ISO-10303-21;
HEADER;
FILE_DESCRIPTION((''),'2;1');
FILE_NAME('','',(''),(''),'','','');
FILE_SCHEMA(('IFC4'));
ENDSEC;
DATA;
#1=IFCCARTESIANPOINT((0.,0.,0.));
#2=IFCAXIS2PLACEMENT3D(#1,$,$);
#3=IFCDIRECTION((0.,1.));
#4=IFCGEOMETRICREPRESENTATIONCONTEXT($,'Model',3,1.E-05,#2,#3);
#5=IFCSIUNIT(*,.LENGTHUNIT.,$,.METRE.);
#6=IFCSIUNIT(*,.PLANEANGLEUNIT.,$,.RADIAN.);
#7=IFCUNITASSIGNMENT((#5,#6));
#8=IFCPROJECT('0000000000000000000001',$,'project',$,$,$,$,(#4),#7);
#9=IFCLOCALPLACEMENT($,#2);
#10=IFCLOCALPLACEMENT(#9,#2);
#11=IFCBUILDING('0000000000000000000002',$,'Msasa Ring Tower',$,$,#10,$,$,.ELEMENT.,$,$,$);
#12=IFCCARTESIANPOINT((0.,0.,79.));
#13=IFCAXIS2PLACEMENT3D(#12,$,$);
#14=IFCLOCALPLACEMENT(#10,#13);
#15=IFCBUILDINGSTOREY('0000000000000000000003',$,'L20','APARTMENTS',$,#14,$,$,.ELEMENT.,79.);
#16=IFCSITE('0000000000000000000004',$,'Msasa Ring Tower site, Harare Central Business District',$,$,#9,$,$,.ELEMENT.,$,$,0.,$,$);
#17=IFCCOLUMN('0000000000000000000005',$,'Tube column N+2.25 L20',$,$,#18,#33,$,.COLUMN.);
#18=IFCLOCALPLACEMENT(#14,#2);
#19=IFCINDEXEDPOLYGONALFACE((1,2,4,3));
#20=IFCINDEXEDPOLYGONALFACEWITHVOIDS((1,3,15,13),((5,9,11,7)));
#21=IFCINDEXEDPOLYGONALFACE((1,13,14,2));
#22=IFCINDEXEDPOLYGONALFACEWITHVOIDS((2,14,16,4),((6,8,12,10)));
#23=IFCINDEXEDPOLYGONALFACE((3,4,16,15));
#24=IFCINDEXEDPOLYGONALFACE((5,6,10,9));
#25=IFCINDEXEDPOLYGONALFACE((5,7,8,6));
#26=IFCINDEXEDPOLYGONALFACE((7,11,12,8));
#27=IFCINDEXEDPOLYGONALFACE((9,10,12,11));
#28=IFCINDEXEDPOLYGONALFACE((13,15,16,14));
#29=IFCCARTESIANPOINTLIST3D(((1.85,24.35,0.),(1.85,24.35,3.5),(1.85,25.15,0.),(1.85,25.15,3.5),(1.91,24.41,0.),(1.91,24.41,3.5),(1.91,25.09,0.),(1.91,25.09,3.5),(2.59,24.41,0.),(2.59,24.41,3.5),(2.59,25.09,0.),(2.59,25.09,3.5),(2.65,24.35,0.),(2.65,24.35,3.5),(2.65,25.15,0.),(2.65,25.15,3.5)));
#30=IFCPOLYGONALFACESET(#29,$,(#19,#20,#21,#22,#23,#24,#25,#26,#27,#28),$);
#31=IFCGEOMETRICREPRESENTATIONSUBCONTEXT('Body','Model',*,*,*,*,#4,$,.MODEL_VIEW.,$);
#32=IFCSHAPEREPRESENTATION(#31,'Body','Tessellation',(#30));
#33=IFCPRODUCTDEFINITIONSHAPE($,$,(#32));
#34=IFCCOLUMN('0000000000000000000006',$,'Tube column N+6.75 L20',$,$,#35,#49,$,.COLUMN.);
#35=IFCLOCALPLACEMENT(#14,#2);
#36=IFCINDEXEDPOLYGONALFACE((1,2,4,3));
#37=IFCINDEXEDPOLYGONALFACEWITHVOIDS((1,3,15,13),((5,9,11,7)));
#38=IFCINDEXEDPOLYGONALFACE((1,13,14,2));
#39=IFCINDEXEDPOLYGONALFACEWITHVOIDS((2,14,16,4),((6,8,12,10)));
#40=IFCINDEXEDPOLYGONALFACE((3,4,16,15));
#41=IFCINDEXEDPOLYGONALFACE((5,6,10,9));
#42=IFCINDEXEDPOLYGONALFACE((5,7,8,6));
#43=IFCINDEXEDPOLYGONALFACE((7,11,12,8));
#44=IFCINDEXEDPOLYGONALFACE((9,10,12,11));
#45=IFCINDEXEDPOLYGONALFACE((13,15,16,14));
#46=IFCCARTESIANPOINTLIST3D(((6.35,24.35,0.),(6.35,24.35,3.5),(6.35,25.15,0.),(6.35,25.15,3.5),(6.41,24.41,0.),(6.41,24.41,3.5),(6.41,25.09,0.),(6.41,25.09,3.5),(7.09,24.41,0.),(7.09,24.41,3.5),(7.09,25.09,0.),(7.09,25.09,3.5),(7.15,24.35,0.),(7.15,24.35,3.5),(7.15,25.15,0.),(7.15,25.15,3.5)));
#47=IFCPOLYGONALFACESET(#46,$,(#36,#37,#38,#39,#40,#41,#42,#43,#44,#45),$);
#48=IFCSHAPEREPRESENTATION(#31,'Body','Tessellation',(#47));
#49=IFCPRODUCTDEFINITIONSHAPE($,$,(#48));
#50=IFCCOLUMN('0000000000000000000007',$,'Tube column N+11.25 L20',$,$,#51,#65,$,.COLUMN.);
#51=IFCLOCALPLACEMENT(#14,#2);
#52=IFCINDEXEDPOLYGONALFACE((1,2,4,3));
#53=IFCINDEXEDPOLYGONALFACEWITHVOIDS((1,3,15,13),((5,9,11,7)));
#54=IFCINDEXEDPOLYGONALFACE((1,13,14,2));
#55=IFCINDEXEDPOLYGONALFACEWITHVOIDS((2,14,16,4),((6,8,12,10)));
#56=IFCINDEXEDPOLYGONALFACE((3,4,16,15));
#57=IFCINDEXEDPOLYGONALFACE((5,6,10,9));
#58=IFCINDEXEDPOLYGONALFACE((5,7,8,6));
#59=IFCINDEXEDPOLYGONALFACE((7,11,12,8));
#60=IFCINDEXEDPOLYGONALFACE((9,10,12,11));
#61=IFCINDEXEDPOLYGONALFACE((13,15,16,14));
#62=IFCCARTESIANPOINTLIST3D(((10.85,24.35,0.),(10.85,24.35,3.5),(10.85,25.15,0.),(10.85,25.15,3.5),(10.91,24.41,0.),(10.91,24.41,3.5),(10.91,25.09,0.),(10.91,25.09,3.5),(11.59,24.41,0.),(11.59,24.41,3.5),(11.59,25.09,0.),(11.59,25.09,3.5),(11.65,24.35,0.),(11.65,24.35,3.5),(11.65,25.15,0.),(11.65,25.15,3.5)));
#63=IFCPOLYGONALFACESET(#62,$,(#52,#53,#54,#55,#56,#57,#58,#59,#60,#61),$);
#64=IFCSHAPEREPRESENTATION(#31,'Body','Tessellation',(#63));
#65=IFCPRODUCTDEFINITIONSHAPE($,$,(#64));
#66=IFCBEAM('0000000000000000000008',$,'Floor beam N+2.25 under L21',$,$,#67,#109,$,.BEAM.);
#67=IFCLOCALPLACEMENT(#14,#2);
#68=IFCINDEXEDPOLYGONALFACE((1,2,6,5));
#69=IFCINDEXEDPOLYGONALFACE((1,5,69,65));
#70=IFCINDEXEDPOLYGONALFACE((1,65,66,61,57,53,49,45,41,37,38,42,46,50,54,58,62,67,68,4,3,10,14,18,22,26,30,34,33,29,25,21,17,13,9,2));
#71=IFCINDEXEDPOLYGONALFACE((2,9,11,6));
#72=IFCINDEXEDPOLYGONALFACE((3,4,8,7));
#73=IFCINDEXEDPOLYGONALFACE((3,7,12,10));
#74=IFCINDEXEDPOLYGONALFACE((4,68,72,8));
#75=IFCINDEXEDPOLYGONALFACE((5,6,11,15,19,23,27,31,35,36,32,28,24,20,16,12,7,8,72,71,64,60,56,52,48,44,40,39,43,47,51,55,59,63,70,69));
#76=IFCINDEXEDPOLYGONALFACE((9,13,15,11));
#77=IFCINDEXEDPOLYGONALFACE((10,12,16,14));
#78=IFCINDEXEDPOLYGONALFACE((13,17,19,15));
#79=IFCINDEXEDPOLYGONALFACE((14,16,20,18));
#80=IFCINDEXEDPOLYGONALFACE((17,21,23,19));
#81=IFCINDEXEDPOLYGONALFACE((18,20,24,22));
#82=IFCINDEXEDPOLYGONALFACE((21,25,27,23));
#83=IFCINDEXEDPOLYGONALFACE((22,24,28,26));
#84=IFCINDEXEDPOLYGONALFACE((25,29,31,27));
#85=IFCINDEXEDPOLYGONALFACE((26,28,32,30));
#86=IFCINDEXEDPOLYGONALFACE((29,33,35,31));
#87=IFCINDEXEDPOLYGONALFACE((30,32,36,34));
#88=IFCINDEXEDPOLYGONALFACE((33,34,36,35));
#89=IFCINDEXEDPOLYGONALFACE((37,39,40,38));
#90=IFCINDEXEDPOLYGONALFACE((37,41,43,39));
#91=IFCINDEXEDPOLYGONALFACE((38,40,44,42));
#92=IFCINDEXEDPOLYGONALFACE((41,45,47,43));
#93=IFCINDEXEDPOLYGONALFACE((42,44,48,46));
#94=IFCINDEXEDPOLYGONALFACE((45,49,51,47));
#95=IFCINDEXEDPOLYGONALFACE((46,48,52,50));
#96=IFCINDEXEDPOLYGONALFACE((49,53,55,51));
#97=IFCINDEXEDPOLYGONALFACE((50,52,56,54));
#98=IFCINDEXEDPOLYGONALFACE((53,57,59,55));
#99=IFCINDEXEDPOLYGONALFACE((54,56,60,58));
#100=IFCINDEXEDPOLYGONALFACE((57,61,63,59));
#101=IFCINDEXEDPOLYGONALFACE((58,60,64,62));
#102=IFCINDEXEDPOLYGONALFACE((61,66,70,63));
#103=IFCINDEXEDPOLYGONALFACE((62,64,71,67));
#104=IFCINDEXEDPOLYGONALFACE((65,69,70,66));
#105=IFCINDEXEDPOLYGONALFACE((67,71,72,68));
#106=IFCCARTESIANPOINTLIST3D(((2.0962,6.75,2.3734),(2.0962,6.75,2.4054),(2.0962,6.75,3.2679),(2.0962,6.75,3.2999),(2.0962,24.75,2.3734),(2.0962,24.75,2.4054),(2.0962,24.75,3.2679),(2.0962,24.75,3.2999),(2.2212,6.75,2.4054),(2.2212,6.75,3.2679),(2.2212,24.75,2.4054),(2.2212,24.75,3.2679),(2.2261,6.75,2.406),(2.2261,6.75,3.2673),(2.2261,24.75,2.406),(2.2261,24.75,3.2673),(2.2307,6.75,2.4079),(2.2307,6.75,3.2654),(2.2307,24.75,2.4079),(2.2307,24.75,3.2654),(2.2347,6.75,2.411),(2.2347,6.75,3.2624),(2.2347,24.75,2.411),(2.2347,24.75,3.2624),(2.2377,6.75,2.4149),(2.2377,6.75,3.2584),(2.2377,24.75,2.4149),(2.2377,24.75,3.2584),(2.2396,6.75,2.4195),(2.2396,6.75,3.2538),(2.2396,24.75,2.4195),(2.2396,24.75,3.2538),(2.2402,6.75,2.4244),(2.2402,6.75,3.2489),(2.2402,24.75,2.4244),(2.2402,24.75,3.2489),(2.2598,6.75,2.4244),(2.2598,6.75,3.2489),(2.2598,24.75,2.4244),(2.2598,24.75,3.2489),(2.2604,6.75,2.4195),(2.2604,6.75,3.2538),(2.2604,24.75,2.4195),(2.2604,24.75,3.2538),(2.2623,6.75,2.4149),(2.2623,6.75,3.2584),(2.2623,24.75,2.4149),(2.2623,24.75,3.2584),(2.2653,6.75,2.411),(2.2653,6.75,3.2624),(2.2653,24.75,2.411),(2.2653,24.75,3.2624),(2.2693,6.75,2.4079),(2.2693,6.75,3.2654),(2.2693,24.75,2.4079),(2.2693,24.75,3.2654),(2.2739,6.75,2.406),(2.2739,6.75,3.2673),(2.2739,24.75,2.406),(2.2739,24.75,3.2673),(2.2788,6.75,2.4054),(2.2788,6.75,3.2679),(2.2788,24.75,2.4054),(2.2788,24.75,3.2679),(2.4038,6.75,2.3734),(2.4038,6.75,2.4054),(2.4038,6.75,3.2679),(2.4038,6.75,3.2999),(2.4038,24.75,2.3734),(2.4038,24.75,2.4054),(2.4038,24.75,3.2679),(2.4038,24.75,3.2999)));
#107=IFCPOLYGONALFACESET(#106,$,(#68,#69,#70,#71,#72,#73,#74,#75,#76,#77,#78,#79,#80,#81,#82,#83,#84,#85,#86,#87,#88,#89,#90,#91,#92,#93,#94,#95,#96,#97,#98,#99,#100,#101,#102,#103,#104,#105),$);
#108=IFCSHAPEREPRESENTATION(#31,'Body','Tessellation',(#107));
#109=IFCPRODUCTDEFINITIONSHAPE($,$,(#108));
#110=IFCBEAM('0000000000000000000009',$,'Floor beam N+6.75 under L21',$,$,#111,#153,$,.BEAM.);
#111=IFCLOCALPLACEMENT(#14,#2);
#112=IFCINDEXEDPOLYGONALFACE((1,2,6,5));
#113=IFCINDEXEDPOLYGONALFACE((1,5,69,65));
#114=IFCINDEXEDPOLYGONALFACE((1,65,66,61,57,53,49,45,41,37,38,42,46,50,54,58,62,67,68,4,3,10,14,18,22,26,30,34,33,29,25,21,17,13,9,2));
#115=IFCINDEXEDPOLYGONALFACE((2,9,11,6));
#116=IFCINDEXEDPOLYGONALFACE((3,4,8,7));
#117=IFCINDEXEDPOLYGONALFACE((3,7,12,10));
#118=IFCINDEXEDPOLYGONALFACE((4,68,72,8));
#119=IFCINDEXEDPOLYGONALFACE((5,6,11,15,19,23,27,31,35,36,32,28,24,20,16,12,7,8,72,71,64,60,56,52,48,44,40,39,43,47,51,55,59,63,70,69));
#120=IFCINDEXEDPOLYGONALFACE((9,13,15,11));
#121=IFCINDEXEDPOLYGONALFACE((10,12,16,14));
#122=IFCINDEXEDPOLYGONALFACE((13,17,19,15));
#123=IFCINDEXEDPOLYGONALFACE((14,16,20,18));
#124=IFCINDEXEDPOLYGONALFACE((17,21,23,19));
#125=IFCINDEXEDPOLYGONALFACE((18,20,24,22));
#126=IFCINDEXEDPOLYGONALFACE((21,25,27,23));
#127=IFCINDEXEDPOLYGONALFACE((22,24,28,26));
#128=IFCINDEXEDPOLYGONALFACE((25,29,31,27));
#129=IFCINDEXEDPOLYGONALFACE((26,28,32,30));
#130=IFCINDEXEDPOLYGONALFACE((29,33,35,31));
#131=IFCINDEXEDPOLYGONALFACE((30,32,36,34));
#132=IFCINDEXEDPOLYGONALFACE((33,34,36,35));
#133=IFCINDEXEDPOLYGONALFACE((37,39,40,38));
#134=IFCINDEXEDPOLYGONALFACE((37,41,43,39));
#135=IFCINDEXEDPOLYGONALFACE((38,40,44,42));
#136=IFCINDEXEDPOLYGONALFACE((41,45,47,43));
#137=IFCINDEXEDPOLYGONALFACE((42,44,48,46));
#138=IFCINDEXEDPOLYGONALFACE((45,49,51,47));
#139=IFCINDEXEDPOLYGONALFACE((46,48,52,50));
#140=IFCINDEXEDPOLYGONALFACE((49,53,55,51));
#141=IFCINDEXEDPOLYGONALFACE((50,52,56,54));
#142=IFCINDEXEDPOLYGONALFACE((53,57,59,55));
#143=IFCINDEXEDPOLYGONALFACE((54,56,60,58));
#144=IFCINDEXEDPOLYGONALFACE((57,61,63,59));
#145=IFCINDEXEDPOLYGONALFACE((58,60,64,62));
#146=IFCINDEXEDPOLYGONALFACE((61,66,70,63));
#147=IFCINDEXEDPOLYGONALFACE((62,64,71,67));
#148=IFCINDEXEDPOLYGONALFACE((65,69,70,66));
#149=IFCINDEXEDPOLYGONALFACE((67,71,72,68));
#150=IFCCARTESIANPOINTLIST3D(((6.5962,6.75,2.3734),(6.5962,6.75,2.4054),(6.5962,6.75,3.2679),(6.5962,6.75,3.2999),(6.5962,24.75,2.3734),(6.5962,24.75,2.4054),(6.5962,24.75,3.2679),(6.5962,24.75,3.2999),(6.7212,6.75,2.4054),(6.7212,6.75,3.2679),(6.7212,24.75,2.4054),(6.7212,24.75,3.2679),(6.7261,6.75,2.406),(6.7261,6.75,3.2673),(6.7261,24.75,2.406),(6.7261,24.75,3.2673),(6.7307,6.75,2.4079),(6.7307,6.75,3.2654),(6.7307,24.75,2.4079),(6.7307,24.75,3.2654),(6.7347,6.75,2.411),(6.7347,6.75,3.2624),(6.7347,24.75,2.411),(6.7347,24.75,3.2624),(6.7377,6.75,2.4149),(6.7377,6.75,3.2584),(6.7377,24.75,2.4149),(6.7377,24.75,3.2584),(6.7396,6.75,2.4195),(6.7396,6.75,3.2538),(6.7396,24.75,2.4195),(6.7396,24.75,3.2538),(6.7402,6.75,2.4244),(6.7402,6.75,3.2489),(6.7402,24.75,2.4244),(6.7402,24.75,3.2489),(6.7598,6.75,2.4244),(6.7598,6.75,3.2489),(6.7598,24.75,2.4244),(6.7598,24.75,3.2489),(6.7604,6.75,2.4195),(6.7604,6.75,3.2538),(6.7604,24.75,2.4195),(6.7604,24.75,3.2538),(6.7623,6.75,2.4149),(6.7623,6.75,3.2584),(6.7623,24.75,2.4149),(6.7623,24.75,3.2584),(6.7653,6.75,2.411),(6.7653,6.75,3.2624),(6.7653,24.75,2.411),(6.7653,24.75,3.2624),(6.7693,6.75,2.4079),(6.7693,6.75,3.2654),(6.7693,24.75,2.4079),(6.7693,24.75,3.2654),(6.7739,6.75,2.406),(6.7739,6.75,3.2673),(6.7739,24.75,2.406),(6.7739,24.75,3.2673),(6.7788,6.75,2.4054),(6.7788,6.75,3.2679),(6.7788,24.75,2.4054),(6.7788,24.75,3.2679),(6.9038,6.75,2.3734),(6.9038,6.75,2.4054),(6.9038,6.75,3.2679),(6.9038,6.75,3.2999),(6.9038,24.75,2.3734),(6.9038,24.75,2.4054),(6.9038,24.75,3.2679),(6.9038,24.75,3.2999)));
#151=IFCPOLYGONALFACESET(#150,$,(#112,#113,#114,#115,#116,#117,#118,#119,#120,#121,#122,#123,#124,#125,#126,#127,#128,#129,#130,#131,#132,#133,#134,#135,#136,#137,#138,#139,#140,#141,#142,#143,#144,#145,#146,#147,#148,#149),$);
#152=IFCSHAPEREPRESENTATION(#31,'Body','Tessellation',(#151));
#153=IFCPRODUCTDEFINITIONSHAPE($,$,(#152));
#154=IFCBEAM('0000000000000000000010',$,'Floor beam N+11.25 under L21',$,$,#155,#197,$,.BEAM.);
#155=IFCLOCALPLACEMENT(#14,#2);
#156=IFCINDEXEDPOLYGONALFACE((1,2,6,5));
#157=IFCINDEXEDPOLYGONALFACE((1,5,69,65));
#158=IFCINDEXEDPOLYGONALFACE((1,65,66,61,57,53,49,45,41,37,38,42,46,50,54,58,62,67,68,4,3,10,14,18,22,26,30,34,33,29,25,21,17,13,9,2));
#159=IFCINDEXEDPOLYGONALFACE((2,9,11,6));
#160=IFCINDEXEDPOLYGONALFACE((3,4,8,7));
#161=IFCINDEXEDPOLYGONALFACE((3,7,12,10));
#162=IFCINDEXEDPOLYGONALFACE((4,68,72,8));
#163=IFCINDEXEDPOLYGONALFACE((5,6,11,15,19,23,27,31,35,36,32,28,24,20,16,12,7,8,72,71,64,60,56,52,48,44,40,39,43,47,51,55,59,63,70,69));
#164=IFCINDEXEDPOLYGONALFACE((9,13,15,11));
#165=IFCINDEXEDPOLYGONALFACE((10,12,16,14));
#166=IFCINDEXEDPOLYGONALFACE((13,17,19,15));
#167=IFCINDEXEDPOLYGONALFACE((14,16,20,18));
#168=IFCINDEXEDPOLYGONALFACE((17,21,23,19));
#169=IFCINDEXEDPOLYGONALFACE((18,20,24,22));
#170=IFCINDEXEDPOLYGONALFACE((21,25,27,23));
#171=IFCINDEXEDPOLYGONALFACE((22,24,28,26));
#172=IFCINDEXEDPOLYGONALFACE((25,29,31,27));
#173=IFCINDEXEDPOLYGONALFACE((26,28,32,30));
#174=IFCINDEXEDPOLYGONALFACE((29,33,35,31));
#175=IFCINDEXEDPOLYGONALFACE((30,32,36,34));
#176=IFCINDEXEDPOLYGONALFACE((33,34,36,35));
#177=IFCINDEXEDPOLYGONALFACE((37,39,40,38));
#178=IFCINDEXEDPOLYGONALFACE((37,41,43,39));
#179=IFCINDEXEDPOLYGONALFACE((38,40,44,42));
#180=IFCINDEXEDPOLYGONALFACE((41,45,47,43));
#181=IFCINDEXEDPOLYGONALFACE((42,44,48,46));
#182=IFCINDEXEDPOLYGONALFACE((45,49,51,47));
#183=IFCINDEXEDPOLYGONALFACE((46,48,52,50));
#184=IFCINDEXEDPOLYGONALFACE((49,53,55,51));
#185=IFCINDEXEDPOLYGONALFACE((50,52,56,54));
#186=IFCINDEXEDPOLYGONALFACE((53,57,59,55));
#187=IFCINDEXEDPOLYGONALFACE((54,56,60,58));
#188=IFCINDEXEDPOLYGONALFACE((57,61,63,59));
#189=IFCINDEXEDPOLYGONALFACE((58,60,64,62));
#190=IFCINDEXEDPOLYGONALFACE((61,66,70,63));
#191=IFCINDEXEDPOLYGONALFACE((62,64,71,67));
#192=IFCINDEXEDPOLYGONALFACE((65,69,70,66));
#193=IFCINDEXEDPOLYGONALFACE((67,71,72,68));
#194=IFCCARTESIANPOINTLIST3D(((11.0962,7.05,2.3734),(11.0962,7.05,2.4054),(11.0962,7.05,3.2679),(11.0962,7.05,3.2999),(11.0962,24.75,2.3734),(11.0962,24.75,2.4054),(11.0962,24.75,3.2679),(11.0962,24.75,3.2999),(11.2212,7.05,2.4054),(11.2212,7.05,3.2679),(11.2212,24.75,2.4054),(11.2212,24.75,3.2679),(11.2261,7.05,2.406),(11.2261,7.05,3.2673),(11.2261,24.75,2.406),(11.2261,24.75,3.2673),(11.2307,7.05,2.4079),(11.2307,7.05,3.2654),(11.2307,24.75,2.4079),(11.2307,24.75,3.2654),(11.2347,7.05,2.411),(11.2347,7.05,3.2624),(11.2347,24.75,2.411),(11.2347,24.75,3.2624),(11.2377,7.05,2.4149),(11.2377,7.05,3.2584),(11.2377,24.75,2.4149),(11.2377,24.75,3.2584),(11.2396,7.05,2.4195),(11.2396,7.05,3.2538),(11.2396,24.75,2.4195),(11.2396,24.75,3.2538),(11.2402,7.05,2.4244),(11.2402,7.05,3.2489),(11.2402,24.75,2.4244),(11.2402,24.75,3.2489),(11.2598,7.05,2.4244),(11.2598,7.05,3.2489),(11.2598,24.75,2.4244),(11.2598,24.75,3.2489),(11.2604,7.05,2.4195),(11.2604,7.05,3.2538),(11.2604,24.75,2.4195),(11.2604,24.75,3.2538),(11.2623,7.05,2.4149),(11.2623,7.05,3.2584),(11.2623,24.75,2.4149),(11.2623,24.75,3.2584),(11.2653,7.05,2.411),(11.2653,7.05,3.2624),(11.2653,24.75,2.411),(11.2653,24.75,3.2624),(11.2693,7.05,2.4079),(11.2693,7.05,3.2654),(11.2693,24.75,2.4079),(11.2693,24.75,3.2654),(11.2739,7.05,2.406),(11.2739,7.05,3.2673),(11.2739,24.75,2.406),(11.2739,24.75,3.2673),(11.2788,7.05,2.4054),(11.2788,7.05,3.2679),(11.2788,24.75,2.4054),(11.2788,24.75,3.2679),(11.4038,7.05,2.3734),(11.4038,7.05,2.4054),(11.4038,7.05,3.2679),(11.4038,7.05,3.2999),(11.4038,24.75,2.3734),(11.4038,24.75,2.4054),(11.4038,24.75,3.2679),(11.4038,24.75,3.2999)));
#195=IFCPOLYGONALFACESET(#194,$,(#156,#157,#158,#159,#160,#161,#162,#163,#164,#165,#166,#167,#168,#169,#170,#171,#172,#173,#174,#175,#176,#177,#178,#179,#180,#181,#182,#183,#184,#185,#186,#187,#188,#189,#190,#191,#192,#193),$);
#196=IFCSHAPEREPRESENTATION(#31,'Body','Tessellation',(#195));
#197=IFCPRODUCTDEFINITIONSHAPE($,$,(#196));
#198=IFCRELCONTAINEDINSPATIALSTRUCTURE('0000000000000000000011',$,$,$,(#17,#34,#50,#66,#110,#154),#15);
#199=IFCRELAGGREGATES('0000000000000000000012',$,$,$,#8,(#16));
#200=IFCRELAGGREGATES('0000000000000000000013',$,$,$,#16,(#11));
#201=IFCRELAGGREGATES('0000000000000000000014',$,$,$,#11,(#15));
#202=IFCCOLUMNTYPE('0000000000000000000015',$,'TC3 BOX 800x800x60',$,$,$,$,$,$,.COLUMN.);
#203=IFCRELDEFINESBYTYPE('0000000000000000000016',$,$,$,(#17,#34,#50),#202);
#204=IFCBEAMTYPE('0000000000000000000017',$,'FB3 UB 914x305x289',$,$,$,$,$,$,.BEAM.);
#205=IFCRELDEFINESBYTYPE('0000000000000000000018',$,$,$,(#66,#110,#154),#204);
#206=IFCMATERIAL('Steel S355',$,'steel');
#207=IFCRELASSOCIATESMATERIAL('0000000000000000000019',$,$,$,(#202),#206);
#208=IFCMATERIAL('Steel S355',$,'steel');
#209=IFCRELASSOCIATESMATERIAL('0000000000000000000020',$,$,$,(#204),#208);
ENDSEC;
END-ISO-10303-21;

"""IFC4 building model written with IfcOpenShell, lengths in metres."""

from ifc_helpers import new_model, si_unit, direction, frame, origin, origin_2d, place, context, subcontext, project, spatial, hollow_rectangle, i_section, extrude, material, material_profile, profile_set, type_object, element, save


model = new_model("IFC4")

# Units and contexts
model_context = context("Model", 3, precision=1e-05, world=origin(), true_north=direction((0.0, 1.0)))
body_context = subcontext(model_context, "Body", "Model", "MODEL_VIEW")
ifc_project = project(units=[si_unit("LENGTHUNIT", "METRE"), si_unit("PLANEANGLEUNIT", "RADIAN")], contexts=[model_context])

# Site, building, storey
site_placement = place(None, origin())
site = spatial("IfcSite", under=ifc_project, at=site_placement, Name="Msasa Ring Tower site, Harare Central Business District", CompositionType="ELEMENT", RefElevation=0.0)
building_placement = place(site_placement, origin())
building = spatial("IfcBuilding", under=site, at=building_placement, Name="Msasa Ring Tower", CompositionType="ELEMENT")
storey_placement = place(building_placement, frame((0.0, 0.0, 79.0)))
storey = spatial("IfcBuildingStorey", under=building, at=storey_placement, Name="L20", Description="APARTMENTS", CompositionType="ELEMENT", Elevation=79.0)

# Columns
ifc_material_1 = material(Name="Steel S355", Category="steel")
ifc_material_profile_1 = material_profile(ifc_material_1, hollow_rectangle(XDim=0.8, YDim=0.8, WallThickness=0.0601, at=origin_2d()), Name="BOX 800x800x60")
ifc_profile_set_1 = profile_set([ifc_material_profile_1], Name="Steel S355")
column_type = type_object("IfcColumnType", Name="TC3 BOX 800x800x60", PredefinedType="COLUMN", material=ifc_profile_set_1)
for number, where, z_axis, x_axis, name in (
    (1, (2.25, 24.75, 0.0), (0.0, 0.0, 1.0), (0.0, 1.0, 0.0), "Tube column N+2.25 L20"),
    (2, (6.75, 24.75, 0.0), (0.0, 0.0, 1.0), (0.0, 1.0, 0.0), "Tube column N+6.75 L20"),
    (3, (11.25, 24.75, 0.0), (0.0, 0.0, 1.0), (0.0, 1.0, 0.0), "Tube column N+11.25 L20"),
):
    element("IfcColumn", number, at=place(storey_placement, frame(where, z_axis=z_axis, x_axis=x_axis)), inside=storey, type_object=column_type, Name=name, PredefinedType="COLUMN", context=body_context, shape_type="SweptSolid", body=[
        extrude(hollow_rectangle(XDim=0.8, YDim=0.8, WallThickness=0.0601, at=origin_2d()), origin(), (0.0, 0.0, 1.0), 3.5),
    ])

# Beams
ifc_material_2 = material(Name="Steel S355", Category="steel")
ifc_material_profile_2 = material_profile(ifc_material_2, i_section(OverallWidth=0.3076, OverallDepth=0.9265, WebThickness=0.0195, FlangeThickness=0.032, FilletRadius=0.019, at=origin_2d()), Name="UB 914x305x289")
ifc_profile_set_2 = profile_set([ifc_material_profile_2], Name="Steel S355")
beam_type_1 = type_object("IfcBeamType", Name="FB3 UB 914x305x289", PredefinedType="BEAM", material=ifc_profile_set_2)
for number, where, z_axis, x_axis, name in (
    (4, (2.25, 24.75, 2.8367), (0.0, -1.0, 0.0), (1.0, 0.0, 0.0), "Floor beam N+2.25 under L21"),
    (5, (6.75, 24.75, 2.8367), (0.0, -1.0, 0.0), (1.0, 0.0, 0.0), "Floor beam N+6.75 under L21"),
):
    element("IfcBeam", number, at=place(storey_placement, frame(where, z_axis=z_axis, x_axis=x_axis)), inside=storey, type_object=beam_type_1, Name=name, PredefinedType="BEAM", context=body_context, shape_type="SweptSolid", body=[
        extrude(i_section(OverallWidth=0.3076, OverallDepth=0.9265, WebThickness=0.0195, FlangeThickness=0.032, FilletRadius=0.019, at=origin_2d()), origin(), (0.0, 0.0, 1.0), 18.0),
    ])
beam_placement = place(storey_placement, frame((11.25, 24.75, 2.8367), z_axis=(0.0, -1.0, 0.0), x_axis=(1.0, 0.0, 0.0)))
element("IfcBeam", 6, at=beam_placement, inside=storey, type_object=beam_type_1, Name="Floor beam N+11.25 under L21", PredefinedType="BEAM", context=body_context, shape_type="SweptSolid", body=[
    extrude(i_section(OverallWidth=0.3076, OverallDepth=0.9265, WebThickness=0.0195, FlangeThickness=0.032, FilletRadius=0.019, at=origin_2d()), origin(), (0.0, 0.0, 1.0), 17.7),
])

save(model, "model.ifc")
